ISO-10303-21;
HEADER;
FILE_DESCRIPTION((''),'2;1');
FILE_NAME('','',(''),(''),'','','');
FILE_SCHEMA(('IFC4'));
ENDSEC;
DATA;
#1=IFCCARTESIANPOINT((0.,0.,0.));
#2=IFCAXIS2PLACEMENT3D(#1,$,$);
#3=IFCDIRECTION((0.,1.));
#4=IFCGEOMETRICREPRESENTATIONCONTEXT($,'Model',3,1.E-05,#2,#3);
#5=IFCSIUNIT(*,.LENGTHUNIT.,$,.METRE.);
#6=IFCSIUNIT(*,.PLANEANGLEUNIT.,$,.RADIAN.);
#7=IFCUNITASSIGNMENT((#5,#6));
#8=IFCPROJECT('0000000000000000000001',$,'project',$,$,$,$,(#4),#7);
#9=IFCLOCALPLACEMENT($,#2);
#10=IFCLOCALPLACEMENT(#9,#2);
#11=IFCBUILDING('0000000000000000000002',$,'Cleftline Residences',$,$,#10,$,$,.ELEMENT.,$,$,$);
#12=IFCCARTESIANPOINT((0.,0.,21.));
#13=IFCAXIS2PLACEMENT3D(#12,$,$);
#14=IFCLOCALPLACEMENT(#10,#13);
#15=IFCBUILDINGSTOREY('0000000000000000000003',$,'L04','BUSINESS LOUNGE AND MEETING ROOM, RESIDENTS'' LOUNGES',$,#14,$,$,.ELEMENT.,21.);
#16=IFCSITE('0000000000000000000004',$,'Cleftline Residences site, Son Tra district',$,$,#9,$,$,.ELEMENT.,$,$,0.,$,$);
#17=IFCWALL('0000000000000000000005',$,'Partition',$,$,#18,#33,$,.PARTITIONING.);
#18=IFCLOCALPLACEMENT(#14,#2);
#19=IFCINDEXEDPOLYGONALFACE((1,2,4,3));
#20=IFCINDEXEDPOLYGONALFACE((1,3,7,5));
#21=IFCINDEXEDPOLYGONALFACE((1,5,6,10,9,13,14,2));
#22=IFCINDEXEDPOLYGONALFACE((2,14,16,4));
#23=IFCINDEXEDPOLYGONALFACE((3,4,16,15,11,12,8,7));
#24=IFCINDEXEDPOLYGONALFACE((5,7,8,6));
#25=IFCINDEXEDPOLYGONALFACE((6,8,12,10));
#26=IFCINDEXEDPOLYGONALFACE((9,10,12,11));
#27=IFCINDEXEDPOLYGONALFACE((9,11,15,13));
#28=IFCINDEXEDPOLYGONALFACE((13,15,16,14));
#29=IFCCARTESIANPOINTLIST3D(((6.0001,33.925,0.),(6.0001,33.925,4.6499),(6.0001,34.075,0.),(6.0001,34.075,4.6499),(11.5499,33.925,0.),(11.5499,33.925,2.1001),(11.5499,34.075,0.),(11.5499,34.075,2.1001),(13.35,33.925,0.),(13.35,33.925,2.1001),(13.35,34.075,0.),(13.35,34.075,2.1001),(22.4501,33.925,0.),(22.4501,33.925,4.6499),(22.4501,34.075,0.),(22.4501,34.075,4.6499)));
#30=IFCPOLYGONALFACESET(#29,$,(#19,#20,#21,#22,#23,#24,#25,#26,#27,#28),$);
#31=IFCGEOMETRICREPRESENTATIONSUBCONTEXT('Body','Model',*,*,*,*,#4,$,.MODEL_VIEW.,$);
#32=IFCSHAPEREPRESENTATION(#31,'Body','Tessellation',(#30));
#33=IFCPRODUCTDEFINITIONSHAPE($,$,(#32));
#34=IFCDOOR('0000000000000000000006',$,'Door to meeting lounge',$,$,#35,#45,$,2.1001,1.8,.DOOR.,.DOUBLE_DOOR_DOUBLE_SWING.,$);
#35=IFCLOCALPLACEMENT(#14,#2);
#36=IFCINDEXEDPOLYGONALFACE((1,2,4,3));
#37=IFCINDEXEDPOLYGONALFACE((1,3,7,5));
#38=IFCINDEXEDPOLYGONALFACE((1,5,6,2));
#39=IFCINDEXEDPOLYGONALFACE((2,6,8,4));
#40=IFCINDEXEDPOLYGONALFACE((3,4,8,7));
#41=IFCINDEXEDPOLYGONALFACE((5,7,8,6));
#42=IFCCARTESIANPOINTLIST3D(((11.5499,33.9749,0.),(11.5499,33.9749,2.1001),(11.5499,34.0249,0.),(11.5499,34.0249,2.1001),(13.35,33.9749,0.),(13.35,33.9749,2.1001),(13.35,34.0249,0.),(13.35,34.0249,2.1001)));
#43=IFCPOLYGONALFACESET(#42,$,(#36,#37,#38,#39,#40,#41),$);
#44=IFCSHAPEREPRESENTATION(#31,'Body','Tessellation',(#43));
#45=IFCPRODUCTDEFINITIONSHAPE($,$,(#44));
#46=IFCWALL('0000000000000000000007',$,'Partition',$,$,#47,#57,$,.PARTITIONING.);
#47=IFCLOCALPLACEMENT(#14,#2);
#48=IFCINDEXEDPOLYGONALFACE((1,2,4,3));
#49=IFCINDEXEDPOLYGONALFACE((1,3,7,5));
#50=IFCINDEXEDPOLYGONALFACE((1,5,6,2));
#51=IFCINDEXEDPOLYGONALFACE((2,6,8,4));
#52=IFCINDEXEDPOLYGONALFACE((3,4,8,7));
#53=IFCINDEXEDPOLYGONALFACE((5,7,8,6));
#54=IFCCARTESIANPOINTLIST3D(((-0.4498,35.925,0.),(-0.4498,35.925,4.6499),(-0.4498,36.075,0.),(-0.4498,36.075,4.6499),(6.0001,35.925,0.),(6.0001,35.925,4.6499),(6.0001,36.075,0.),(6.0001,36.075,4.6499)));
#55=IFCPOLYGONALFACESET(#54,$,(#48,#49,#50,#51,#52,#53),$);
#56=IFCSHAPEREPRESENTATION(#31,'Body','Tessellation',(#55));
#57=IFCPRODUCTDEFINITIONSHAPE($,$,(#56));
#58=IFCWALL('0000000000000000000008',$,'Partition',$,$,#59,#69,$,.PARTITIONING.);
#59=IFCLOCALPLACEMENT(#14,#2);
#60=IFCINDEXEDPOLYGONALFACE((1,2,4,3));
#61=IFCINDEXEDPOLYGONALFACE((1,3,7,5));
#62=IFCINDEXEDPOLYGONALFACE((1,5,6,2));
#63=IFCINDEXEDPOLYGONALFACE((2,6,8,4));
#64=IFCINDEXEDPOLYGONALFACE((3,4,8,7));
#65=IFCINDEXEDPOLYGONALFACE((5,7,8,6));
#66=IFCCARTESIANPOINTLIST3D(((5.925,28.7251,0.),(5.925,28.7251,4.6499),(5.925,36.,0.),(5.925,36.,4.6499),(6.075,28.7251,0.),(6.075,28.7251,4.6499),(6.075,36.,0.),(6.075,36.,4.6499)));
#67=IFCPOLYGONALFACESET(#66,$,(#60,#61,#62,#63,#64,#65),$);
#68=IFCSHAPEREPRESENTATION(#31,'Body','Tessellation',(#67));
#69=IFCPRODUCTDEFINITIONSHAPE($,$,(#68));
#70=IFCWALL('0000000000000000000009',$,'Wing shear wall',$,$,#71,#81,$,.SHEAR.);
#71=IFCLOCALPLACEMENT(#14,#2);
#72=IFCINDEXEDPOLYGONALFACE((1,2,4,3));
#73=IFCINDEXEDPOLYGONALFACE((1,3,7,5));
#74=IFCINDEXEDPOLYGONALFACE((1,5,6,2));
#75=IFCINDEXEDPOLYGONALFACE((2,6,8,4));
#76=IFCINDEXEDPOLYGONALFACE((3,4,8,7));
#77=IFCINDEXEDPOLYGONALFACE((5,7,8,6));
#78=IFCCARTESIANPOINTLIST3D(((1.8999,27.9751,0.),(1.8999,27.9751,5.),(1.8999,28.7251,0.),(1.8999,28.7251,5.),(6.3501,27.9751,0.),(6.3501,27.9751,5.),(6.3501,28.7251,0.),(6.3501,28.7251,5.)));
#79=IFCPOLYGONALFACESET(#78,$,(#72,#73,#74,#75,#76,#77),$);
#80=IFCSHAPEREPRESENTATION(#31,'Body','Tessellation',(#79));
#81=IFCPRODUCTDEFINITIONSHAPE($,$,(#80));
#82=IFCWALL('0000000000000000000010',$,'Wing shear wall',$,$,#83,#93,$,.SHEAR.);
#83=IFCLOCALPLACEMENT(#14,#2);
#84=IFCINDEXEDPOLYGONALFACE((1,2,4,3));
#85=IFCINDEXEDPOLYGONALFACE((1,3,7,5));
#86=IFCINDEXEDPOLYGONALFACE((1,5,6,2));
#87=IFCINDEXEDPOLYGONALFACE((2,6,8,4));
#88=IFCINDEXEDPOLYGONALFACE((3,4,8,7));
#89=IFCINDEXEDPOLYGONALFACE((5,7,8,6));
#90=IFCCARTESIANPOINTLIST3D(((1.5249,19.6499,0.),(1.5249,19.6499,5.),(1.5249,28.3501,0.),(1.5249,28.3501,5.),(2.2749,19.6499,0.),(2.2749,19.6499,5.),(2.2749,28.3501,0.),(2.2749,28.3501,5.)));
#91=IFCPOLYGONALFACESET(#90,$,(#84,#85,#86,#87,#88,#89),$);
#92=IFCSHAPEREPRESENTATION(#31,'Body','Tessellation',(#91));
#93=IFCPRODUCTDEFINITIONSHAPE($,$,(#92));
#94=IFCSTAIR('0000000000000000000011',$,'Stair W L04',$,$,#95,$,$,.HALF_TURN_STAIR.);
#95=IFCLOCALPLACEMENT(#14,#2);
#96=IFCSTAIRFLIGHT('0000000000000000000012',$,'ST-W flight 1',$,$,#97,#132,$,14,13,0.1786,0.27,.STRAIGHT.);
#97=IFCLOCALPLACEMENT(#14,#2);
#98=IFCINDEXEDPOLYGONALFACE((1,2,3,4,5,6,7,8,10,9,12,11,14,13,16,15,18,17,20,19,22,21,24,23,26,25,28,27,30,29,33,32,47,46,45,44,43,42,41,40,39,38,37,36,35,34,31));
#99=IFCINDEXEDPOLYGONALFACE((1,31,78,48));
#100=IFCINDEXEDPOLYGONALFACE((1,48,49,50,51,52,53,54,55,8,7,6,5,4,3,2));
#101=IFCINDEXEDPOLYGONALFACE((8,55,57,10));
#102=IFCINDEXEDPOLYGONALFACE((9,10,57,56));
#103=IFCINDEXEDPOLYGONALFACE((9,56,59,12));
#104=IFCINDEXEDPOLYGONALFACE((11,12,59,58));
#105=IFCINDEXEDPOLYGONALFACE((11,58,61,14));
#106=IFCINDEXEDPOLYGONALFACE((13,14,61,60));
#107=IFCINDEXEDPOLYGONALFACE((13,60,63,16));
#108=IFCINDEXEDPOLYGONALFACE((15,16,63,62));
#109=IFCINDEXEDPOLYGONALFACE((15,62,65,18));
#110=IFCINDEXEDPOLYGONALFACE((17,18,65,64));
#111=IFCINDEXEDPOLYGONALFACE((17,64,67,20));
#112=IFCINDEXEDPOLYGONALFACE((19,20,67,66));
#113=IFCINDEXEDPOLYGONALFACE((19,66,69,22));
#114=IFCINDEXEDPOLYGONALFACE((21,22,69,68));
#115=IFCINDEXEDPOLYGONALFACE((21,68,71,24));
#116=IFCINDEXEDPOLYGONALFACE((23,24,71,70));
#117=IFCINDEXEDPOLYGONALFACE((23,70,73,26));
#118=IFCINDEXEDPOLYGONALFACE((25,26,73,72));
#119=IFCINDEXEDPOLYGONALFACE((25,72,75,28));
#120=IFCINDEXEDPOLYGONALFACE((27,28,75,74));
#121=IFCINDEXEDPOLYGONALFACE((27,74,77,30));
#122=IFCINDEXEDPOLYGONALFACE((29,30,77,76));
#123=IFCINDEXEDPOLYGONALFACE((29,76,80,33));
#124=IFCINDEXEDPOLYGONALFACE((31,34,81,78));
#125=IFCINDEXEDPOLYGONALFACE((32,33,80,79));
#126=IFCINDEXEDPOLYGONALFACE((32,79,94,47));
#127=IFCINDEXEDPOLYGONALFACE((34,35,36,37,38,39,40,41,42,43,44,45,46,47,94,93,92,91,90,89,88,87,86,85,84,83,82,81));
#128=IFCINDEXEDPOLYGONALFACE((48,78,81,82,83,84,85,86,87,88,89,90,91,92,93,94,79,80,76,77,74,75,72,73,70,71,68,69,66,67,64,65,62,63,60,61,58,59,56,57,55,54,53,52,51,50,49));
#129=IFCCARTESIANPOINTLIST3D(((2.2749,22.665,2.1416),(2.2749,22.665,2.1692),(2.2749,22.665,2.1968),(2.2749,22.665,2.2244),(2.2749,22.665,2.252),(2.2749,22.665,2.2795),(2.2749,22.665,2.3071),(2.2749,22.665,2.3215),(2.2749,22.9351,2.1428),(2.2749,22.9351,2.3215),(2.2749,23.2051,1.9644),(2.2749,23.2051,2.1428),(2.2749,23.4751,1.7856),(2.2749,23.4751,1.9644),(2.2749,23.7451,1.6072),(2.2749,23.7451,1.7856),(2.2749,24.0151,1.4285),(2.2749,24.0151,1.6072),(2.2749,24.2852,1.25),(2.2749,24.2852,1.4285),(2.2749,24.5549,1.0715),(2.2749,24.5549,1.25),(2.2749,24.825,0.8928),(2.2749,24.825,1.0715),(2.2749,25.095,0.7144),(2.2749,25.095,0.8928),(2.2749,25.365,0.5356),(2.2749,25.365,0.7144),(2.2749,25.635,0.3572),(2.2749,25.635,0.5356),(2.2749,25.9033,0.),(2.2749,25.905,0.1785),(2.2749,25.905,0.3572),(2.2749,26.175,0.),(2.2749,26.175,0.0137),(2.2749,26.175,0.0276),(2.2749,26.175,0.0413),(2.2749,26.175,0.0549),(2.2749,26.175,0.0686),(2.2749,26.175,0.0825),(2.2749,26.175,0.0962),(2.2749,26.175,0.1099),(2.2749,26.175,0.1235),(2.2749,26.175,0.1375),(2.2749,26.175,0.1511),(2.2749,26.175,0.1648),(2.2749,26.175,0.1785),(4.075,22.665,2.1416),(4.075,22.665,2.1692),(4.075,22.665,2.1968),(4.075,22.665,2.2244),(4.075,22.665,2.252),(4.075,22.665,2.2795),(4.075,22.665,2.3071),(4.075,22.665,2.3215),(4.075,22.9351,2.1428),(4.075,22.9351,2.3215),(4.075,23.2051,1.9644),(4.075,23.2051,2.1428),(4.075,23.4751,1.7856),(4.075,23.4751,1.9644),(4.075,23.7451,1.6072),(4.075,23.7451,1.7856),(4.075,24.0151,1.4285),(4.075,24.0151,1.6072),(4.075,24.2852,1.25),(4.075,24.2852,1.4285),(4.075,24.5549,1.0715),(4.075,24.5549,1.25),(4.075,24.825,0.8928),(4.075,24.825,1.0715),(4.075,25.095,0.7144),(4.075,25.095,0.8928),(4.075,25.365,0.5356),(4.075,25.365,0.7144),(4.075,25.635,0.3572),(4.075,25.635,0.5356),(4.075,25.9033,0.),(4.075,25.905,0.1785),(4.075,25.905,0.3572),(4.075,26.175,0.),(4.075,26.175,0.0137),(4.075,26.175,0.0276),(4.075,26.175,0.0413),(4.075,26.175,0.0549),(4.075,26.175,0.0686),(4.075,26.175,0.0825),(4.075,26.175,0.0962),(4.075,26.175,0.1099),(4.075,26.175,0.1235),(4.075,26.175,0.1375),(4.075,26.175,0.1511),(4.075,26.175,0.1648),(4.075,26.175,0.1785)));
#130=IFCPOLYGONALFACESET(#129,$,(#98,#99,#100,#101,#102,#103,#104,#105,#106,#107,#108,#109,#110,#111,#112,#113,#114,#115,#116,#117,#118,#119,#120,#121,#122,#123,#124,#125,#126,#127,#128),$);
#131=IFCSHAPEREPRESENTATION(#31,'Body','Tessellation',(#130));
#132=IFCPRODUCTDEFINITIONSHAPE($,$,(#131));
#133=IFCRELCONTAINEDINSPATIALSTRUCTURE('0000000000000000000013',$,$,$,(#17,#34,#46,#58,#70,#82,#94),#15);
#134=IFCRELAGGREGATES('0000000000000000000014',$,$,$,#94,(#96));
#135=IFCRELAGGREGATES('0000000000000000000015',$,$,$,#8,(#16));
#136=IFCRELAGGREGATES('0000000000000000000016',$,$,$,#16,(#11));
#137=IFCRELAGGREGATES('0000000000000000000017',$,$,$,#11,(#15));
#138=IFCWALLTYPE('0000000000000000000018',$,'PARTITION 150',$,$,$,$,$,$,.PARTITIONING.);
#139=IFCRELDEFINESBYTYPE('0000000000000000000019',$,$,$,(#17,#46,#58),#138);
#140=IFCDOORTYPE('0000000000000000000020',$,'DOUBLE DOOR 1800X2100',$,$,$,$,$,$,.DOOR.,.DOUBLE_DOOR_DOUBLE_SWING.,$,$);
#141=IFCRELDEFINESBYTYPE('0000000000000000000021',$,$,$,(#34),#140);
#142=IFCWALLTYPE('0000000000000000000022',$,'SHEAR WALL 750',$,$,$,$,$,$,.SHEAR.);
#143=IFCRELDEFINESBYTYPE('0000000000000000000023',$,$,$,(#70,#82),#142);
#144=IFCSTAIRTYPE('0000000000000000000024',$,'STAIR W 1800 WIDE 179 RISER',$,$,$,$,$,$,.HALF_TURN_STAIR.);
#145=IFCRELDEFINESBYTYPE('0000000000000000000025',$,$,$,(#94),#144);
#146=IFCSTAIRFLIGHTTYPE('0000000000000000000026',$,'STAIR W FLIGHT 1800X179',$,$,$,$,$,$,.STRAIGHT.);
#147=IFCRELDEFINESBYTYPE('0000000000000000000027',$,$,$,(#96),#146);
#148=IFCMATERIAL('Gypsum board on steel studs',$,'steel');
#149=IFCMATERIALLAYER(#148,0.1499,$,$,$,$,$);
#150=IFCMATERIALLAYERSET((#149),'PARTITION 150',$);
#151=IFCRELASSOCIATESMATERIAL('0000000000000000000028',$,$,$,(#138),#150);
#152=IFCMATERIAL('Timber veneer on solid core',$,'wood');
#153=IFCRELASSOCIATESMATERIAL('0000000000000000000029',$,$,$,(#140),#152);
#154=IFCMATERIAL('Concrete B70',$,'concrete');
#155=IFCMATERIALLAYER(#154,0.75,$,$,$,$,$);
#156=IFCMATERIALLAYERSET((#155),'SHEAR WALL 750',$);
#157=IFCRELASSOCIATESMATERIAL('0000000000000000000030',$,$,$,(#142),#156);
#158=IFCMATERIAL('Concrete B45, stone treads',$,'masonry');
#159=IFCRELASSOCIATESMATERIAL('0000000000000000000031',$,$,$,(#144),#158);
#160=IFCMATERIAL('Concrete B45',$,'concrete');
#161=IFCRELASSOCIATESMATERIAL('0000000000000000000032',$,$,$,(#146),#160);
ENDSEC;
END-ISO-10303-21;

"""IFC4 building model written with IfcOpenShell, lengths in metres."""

from ifc_helpers import new_model, si_unit, direction, frame, frame_2d, origin, place, context, subcontext, project, spatial, polyline, rectangle, outline, extrude, material, layer, layer_set, type_object, element, fill, aggregate, save


model = new_model("IFC4")

# Units and contexts
model_context = context("Model", 3, precision=1e-05, world=origin(), true_north=direction((0.0, 1.0)))
body_context = subcontext(model_context, "Body", "Model", "MODEL_VIEW")
ifc_project = project(units=[si_unit("LENGTHUNIT", "METRE"), si_unit("PLANEANGLEUNIT", "RADIAN")], contexts=[model_context])

# Site, building, storey
site_placement = place(None, origin())
site = spatial("IfcSite", under=ifc_project, at=site_placement, Name="Cleftline Residences site, Son Tra district", CompositionType="ELEMENT", RefElevation=0.0)
building_placement = place(site_placement, origin())
building = spatial("IfcBuilding", under=site, at=building_placement, Name="Cleftline Residences", CompositionType="ELEMENT")
storey_placement = place(building_placement, frame((0.0, 0.0, 21.0)))
storey = spatial("IfcBuildingStorey", under=building, at=storey_placement, Name="L04", Description="BUSINESS LOUNGE AND MEETING ROOM, RESIDENTS' LOUNGES", CompositionType="ELEMENT", Elevation=21.0)

# Wall, opening, door
ifc_material_1 = material(Name="Gypsum board on steel studs", Category="steel")
ifc_layer_1 = layer(ifc_material_1, 0.1499)
ifc_layer_set_1 = layer_set([ifc_layer_1], Name="PARTITION 150")
wall_type_1 = type_object("IfcWallType", Name="PARTITION 150", PredefinedType="PARTITIONING", material=ifc_layer_set_1)
wall_1_placement = place(storey_placement, frame((6.0, 34.0, 0.0), z_axis=(0.0, 0.0, 1.0), x_axis=(1.0, 0.0, 0.0)))
wall_1 = element("IfcWall", 1, at=wall_1_placement, inside=storey, type_object=wall_type_1, Name="Partition", PredefinedType="PARTITIONING", context=body_context, shape_type="SweptSolid", body=[
    extrude(rectangle(XDim=16.45, YDim=0.1499, at=frame_2d((8.2251, 0.0))), origin(), (0.0, 0.0, 1.0), 4.6499),
])
opening_1_placement = place(wall_1_placement, frame((5.55, 0.0, 0.0)))
opening_1 = element("IfcOpeningElement", 2, at=opening_1_placement, cuts=wall_1, PredefinedType="OPENING", context=body_context, shape_type="SweptSolid", body=[
    extrude(rectangle(XDim=1.8, YDim=2.1001, at=frame_2d((0.8999, 1.05))), frame((0.0, 0.085, 0.0), z_axis=(0.0, -1.0, 0.0), x_axis=(1.0, 0.0, 0.0)), (0.0, 0.0, 1.0), 0.1699),
])
ifc_material_2 = material(Name="Timber veneer on solid core", Category="wood")
door_type_1 = type_object("IfcDoorType", Name="DOUBLE DOOR 1800X2100", OperationType="DOUBLE_DOOR_DOUBLE_SWING", PredefinedType="DOOR", material=ifc_material_2)
door_1_placement = place(opening_1_placement, origin())
door_1 = element("IfcDoor", 3, at=door_1_placement, inside=storey, type_object=door_type_1, Name="Door to meeting lounge", OperationType="DOUBLE_DOOR_DOUBLE_SWING", OverallHeight=2.1001, OverallWidth=1.8, PredefinedType="DOOR", context=body_context, shape_type="SweptSolid", body=[
    extrude(rectangle(XDim=1.8, YDim=2.1001, at=frame_2d((0.8999, 1.05))), frame((0.0, 0.0249, 0.0), z_axis=(0.0, -1.0, 0.0), x_axis=(1.0, 0.0, 0.0)), (0.0, 0.0, 1.0), 0.05),
])
fill(opening_1, door_1)

# Walls
wall_2_placement = place(storey_placement, frame((-0.45, 36.0, 0.0), z_axis=(0.0, 0.0, 1.0), x_axis=(1.0, 0.0, 0.0)))
element("IfcWall", 4, at=wall_2_placement, inside=storey, type_object=wall_type_1, Name="Partition", PredefinedType="PARTITIONING", context=body_context, shape_type="SweptSolid", body=[
    extrude(rectangle(XDim=6.45, YDim=0.1499, at=frame_2d((3.2251, 0.0))), origin(), (0.0, 0.0, 1.0), 4.6499),
])
wall_3_placement = place(storey_placement, frame((6.0, 28.7251, 0.0), z_axis=(0.0, 0.0, 1.0), x_axis=(0.0, 1.0, 0.0)))
element("IfcWall", 5, at=wall_3_placement, inside=storey, type_object=wall_type_1, Name="Partition", PredefinedType="PARTITIONING", context=body_context, shape_type="SweptSolid", body=[
    extrude(rectangle(XDim=7.2749, YDim=0.1499, at=frame_2d((3.6375, 0.0))), origin(), (0.0, 0.0, 1.0), 4.6499),
])
ifc_material_3 = material(Name="Concrete B70", Category="concrete")
ifc_layer_2 = layer(ifc_material_3, 0.75)
ifc_layer_set_2 = layer_set([ifc_layer_2], Name="SHEAR WALL 750")
wall_type_2 = type_object("IfcWallType", Name="SHEAR WALL 750", PredefinedType="SHEAR", material=ifc_layer_set_2)
wall_4_placement = place(storey_placement, frame((6.3501, 28.3501, 0.0), z_axis=(0.0, 0.0, 1.0), x_axis=(-1.0, 0.0, 0.0)))
element("IfcWall", 6, at=wall_4_placement, inside=storey, type_object=wall_type_2, Name="Wing shear wall", PredefinedType="SHEAR", context=body_context, shape_type="SweptSolid", body=[
    extrude(rectangle(XDim=4.4502, YDim=0.75, at=frame_2d((2.2251, 0.0))), origin(), (0.0, 0.0, 1.0), 5.0),
])
wall_5_placement = place(storey_placement, frame((1.8999, 28.3501, 0.0), z_axis=(0.0, 0.0, 1.0), x_axis=(0.0, -1.0, 0.0)))
element("IfcWall", 7, at=wall_5_placement, inside=storey, type_object=wall_type_2, Name="Wing shear wall", PredefinedType="SHEAR", context=body_context, shape_type="SweptSolid", body=[
    extrude(rectangle(XDim=8.7002, YDim=0.75, at=frame_2d((4.3501, 0.0))), origin(), (0.0, 0.0, 1.0), 5.0),
])

# Stair, stair flight
ifc_material_4 = material(Name="Concrete B45, stone treads", Category="masonry")
stair_type = type_object("IfcStairType", Name="STAIR W 1800 WIDE 179 RISER", PredefinedType="HALF_TURN_STAIR", material=ifc_material_4)
stair_placement = place(storey_placement, origin())
stair = element("IfcStair", 8, at=stair_placement, inside=storey, type_object=stair_type, Name="Stair W L04", PredefinedType="HALF_TURN_STAIR")
ifc_material_5 = material(Name="Concrete B45", Category="concrete")
stair_flight_type = type_object("IfcStairFlightType", Name="STAIR W FLIGHT 1800X179", PredefinedType="STRAIGHT", material=ifc_material_5)
stair_flight_placement = place(storey_placement, frame((3.175, 26.175, 0.0), z_axis=(0.0, 0.0, 1.0), x_axis=(0.0, -1.0, 0.0)))
stair_flight = element("IfcStairFlight", 9, at=stair_flight_placement, type_object=stair_flight_type, Name="ST-W flight 1", NumberOfRisers=14, NumberOfTreads=13, PredefinedType="STRAIGHT", RiserHeight=0.1786, TreadLength=0.27, context=body_context, shape_type="SweptSolid", body=[
    extrude(outline(polyline([(0.0, 0.0), (0.0, 0.0137), (0.0, 0.0276), (0.0, 0.0413), (0.0, 0.0549), (0.0, 0.0686), (0.0, 0.0825), (0.0, 0.0962), (0.0, 0.1099), (0.0, 0.1235), (0.0, 0.1375), (0.0, 0.1511), (0.0, 0.1648), (0.0, 0.1785), (0.27, 0.1785), (0.27, 0.3572), (0.54, 0.3572), (0.54, 0.5356), (0.8101, 0.5356), (0.8101, 0.7144), (1.0801, 0.7144), (1.0801, 0.8928), (1.3501, 0.8928), (1.3501, 1.0715), (1.6201, 1.0715), (1.6201, 1.25), (1.8899, 1.25), (1.8899, 1.4285), (2.1599, 1.4285), (2.1599, 1.6072), (2.4299, 1.6072), (2.4299, 1.7856), (2.7, 1.7856), (2.7, 1.9644), (2.97, 1.9644), (2.97, 2.1428), (3.24, 2.1428), (3.24, 2.3215), (3.51, 2.3215), (3.51, 2.5), (3.51, 2.4724), (3.51, 2.4448), (3.51, 2.4172), (3.51, 2.3896), (3.51, 2.3623), (3.51, 2.3347), (3.51, 2.3071), (3.51, 2.2795), (3.51, 2.252), (3.51, 2.2244), (3.51, 2.1968), (3.51, 2.1692), (3.51, 2.1416), (0.2717, 0.0), (0.0, 0.0)])), frame((0.0, 0.8999, 0.0), z_axis=(0.0, -1.0, 0.0), x_axis=(1.0, 0.0, 0.0)), (0.0, 0.0, 1.0), 1.8),
])
aggregate(stair, [stair_flight])

save(model, "model.ifc")
